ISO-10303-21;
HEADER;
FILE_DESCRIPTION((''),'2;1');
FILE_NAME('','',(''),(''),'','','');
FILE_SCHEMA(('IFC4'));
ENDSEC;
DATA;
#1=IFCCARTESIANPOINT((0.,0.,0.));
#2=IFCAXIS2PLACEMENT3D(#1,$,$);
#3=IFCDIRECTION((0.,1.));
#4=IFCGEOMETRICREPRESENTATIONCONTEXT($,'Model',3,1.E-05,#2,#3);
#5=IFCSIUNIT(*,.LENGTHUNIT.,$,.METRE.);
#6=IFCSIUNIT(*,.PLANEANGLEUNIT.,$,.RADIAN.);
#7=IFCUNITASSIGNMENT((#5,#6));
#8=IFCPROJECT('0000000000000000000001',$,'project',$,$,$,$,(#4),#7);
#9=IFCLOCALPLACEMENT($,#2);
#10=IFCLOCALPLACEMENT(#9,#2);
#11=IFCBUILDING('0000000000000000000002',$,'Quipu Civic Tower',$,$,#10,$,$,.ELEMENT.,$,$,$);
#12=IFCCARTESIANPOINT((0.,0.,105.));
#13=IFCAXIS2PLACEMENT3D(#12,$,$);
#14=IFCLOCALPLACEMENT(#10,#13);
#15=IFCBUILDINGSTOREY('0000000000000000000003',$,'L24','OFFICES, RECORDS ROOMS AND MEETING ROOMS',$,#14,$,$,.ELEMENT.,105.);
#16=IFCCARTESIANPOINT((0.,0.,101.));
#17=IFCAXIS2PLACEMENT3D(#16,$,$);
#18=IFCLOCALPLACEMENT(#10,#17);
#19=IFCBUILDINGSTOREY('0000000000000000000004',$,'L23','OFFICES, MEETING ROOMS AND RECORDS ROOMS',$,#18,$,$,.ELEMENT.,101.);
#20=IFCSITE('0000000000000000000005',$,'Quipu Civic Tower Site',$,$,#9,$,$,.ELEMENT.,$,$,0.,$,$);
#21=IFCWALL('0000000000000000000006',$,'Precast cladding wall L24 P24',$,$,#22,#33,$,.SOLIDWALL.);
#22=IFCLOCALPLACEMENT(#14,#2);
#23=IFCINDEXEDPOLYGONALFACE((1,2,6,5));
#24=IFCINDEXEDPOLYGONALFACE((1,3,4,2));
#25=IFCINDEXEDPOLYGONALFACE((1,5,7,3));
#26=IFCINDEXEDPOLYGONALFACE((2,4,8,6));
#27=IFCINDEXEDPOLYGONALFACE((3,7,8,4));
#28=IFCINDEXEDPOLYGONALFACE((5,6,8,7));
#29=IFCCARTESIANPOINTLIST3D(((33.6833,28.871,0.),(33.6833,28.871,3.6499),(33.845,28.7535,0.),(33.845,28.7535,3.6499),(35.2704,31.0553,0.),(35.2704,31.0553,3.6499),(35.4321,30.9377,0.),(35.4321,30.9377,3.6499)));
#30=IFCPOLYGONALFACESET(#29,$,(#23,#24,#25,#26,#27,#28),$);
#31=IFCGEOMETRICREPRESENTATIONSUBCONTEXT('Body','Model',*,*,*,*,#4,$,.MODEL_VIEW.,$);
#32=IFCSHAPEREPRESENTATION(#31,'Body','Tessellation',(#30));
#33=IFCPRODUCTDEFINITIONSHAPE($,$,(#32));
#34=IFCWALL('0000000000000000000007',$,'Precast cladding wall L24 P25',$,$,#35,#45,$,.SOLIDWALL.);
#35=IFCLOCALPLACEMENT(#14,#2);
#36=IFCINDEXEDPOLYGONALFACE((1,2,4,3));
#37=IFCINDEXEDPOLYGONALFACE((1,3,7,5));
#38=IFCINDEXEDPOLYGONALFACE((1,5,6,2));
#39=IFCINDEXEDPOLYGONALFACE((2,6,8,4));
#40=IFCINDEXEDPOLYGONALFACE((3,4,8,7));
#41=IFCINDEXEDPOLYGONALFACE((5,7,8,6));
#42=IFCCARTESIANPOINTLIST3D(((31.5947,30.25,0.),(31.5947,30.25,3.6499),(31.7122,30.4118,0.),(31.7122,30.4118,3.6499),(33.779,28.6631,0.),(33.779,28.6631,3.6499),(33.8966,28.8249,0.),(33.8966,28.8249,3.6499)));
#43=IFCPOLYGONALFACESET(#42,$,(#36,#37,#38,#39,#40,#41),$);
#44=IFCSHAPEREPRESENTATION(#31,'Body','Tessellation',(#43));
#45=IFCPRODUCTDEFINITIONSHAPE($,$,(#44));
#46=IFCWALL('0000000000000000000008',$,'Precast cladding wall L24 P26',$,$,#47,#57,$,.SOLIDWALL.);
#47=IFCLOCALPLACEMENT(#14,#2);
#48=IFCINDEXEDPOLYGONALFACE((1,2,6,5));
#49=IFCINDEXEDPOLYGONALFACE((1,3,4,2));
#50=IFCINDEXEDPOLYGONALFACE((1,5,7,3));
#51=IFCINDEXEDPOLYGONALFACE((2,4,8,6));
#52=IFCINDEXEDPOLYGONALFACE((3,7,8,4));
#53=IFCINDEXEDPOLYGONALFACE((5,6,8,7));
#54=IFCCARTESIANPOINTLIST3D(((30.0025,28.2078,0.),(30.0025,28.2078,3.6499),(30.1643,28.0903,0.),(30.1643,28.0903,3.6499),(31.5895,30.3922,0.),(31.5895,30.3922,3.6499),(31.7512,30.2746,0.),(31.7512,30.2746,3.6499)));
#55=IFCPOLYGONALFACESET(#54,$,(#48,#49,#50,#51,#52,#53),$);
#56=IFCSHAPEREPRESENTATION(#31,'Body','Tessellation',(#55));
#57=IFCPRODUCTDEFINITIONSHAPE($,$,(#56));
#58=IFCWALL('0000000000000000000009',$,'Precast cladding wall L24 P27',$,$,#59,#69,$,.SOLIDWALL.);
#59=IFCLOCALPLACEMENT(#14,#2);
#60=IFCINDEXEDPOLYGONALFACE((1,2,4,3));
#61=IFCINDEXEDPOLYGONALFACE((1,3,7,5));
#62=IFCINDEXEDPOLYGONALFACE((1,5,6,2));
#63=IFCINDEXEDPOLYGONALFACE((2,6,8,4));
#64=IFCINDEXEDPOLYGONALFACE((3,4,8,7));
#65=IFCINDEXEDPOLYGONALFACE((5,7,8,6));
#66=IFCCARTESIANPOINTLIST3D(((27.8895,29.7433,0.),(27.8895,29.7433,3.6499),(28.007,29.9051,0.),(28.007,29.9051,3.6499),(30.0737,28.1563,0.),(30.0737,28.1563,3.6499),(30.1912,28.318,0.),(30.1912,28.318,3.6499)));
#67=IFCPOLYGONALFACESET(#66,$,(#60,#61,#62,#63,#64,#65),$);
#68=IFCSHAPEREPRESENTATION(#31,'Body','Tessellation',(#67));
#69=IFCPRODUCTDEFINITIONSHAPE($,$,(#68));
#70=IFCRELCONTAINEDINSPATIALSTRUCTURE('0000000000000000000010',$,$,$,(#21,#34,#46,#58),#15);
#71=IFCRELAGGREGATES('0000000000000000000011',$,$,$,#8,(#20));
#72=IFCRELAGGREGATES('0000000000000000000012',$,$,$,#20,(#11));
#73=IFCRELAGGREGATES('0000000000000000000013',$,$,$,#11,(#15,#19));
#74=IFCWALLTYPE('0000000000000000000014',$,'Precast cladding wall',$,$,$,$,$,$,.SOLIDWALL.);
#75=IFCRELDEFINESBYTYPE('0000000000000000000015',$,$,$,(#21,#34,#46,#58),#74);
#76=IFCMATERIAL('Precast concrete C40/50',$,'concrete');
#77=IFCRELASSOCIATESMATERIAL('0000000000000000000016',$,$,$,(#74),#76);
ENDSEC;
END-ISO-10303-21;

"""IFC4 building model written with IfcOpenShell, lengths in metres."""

from ifc_helpers import new_model, si_unit, direction, frame, frame_2d, origin, place, context, subcontext, project, spatial, rectangle, extrude, material, type_object, element, save


model = new_model("IFC4")

# Units and contexts
model_context = context("Model", 3, precision=1e-05, world=origin(), true_north=direction((0.0, 1.0)))
body_context = subcontext(model_context, "Body", "Model", "MODEL_VIEW")
ifc_project = project(units=[si_unit("LENGTHUNIT", "METRE"), si_unit("PLANEANGLEUNIT", "RADIAN")], contexts=[model_context])

# Site, building, storey
site_placement = place(None, origin())
site = spatial("IfcSite", under=ifc_project, at=site_placement, Name="Quipu Civic Tower Site", CompositionType="ELEMENT", RefElevation=0.0)
building_placement = place(site_placement, origin())
building = spatial("IfcBuilding", under=site, at=building_placement, Name="Quipu Civic Tower", CompositionType="ELEMENT")
storey_1_placement = place(building_placement, frame((0.0, 0.0, 105.0)))
storey_1 = spatial("IfcBuildingStorey", under=building, at=storey_1_placement, Name="L24", Description="OFFICES, RECORDS ROOMS AND MEETING ROOMS", CompositionType="ELEMENT", Elevation=105.0)

# Shared definitions
storey_2_placement = place(building_placement, frame((0.0, 0.0, 101.0)))
storey_2 = spatial("IfcBuildingStorey", under=building, at=storey_2_placement, Name="L23", Description="OFFICES, MEETING ROOMS AND RECORDS ROOMS", CompositionType="ELEMENT", Elevation=101.0)

# Walls
ifc_material_1 = material(Name="Precast concrete C40/50", Category="concrete")
wall_type_1 = type_object("IfcWallType", Name="Precast cladding wall", PredefinedType="SOLIDWALL", material=ifc_material_1)
for number, where, z_axis, x_axis, name in (
    (1, (35.3513, 30.9966, 0.0), (0.0, 0.0, 1.0), (-0.587822, -0.80899, 0.0), "Precast cladding wall L24 P24"),
    (2, (33.8379, 28.7439, 0.0), (0.0, 0.0, 1.0), (-0.809033, 0.587763, 0.0), "Precast cladding wall L24 P25"),
    (3, (31.6704, 30.3335, 0.0), (0.0, 0.0, 1.0), (-0.587763, -0.809033, 0.0), "Precast cladding wall L24 P26"),
    (4, (30.1326, 28.2371, 0.0), (0.0, 0.0, 1.0), (-0.80899, 0.587822, 0.0), "Precast cladding wall L24 P27"),
):
    element("IfcWall", number, at=place(storey_1_placement, frame(where, z_axis=z_axis, x_axis=x_axis)), inside=storey_1, type_object=wall_type_1, Name=name, PredefinedType="SOLIDWALL", context=body_context, shape_type="SweptSolid", body=[
        extrude(rectangle(XDim=2.7, YDim=0.2, at=frame_2d((1.3501, 0.0))), origin(), (0.0, 0.0, 1.0), 3.6499),
    ])

save(model, "model.ifc")
